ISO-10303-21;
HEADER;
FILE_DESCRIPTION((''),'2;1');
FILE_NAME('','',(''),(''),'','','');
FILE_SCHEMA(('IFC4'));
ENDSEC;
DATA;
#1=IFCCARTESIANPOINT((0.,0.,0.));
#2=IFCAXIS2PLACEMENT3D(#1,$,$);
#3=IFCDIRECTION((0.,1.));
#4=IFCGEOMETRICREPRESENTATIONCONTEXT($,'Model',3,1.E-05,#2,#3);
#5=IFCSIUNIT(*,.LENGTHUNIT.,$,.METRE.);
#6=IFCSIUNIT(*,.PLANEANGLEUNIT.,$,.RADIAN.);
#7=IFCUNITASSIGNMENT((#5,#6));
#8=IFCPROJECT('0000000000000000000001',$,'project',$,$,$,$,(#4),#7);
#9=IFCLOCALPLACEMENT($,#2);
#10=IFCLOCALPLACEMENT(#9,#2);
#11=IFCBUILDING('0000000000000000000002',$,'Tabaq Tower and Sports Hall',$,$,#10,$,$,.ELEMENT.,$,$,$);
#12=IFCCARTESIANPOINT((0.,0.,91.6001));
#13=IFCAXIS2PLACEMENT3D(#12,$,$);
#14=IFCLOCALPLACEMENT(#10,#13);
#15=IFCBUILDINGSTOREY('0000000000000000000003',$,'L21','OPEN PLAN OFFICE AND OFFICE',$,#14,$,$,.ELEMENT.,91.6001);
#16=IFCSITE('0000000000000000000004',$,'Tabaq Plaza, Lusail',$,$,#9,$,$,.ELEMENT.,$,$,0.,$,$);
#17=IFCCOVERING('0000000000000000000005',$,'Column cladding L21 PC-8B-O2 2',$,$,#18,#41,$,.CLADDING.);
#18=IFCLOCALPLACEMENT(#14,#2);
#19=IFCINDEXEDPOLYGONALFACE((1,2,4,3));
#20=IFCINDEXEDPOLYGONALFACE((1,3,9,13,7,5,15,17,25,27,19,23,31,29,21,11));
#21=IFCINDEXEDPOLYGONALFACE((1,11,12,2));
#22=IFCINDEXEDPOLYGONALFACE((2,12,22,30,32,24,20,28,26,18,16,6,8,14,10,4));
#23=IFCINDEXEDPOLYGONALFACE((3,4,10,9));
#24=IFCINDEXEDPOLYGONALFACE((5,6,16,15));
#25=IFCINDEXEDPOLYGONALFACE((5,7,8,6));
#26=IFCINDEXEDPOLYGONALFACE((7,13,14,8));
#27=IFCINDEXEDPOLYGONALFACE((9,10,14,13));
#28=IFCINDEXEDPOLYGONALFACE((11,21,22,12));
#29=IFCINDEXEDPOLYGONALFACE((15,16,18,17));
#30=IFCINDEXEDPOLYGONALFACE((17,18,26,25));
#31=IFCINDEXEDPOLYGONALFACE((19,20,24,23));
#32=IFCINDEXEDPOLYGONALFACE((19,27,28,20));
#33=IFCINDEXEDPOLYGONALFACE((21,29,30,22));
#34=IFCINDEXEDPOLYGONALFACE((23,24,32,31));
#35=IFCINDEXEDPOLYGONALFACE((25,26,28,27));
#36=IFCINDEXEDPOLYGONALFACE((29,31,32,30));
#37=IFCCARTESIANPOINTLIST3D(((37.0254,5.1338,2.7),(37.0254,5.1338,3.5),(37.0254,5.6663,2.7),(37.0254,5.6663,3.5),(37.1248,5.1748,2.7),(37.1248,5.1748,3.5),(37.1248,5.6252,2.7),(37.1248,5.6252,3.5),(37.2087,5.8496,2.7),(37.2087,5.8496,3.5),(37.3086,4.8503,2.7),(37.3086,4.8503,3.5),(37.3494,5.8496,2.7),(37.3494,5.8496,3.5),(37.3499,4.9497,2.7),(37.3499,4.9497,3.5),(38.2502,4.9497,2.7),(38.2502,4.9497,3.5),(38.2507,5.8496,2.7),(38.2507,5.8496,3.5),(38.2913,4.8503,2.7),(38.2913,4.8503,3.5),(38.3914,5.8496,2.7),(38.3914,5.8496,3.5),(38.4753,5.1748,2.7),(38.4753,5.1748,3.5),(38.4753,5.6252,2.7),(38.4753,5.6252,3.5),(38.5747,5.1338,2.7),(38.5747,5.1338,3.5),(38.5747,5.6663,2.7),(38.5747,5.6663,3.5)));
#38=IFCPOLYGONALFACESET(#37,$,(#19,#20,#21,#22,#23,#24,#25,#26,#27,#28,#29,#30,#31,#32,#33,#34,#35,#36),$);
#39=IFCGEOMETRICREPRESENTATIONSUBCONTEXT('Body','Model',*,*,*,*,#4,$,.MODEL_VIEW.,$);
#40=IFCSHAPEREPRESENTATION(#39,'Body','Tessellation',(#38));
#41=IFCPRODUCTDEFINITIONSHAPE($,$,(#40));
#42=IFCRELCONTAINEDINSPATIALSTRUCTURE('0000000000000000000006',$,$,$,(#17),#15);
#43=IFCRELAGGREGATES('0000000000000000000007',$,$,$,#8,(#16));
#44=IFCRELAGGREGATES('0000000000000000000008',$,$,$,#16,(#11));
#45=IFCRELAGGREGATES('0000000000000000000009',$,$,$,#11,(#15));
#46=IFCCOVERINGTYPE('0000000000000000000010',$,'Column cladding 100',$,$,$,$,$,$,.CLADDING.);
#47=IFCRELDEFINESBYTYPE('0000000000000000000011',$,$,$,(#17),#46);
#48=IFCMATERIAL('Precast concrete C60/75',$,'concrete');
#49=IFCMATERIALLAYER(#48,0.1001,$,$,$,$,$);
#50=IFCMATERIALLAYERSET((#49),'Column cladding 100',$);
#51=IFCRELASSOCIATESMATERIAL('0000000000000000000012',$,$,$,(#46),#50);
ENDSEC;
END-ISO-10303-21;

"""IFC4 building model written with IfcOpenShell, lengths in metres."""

from ifc_helpers import new_model, si_unit, direction, frame, origin, place, context, subcontext, project, spatial, polyline, outline, extrude, material, layer, layer_set, type_object, element, save


model = new_model("IFC4")

# Units and contexts
model_context = context("Model", 3, precision=1e-05, world=origin(), true_north=direction((0.0, 1.0)))
body_context = subcontext(model_context, "Body", "Model", "MODEL_VIEW")
ifc_project = project(units=[si_unit("LENGTHUNIT", "METRE"), si_unit("PLANEANGLEUNIT", "RADIAN")], contexts=[model_context])

# Site, building, storey
site_placement = place(None, origin())
site = spatial("IfcSite", under=ifc_project, at=site_placement, Name="Tabaq Plaza, Lusail", CompositionType="ELEMENT", RefElevation=0.0)
building_placement = place(site_placement, origin())
building = spatial("IfcBuilding", under=site, at=building_placement, Name="Tabaq Tower and Sports Hall", CompositionType="ELEMENT")
storey_placement = place(building_placement, frame((0.0, 0.0, 91.6001)))
storey = spatial("IfcBuildingStorey", under=building, at=storey_placement, Name="L21", Description="OPEN PLAN OFFICE AND OFFICE", CompositionType="ELEMENT", Elevation=91.6001)

# Covering
ifc_material_1 = material(Name="Precast concrete C60/75", Category="concrete")
ifc_layer_1 = layer(ifc_material_1, 0.1001)
ifc_layer_set_1 = layer_set([ifc_layer_1], Name="Column cladding 100")
covering_type = type_object("IfcCoveringType", Name="Column cladding 100", PredefinedType="CLADDING", material=ifc_layer_set_1)
covering_1_placement = place(storey_placement, frame((0.0, 0.0, 2.7)))
element("IfcCovering", 1, at=covering_1_placement, inside=storey, type_object=covering_type, Name="Column cladding L21 PC-8B-O2 2", PredefinedType="CLADDING", context=body_context, shape_type="SweptSolid", body=[
    extrude(outline(polyline([(37.0254, 5.6663), (37.2087, 5.8496), (37.3494, 5.8496), (37.1248, 5.6252), (37.1248, 5.1748), (37.3499, 4.9497), (38.2502, 4.9497), (38.4753, 5.1748), (38.4753, 5.6252), (38.2507, 5.8496), (38.3914, 5.8496), (38.5747, 5.6663), (38.5747, 5.1338), (38.2913, 4.8503), (37.3086, 4.8503), (37.0254, 5.1338), (37.0254, 5.6663)])), origin(), (0.0, 0.0, 1.0), 0.8),
])

save(model, "model.ifc")
